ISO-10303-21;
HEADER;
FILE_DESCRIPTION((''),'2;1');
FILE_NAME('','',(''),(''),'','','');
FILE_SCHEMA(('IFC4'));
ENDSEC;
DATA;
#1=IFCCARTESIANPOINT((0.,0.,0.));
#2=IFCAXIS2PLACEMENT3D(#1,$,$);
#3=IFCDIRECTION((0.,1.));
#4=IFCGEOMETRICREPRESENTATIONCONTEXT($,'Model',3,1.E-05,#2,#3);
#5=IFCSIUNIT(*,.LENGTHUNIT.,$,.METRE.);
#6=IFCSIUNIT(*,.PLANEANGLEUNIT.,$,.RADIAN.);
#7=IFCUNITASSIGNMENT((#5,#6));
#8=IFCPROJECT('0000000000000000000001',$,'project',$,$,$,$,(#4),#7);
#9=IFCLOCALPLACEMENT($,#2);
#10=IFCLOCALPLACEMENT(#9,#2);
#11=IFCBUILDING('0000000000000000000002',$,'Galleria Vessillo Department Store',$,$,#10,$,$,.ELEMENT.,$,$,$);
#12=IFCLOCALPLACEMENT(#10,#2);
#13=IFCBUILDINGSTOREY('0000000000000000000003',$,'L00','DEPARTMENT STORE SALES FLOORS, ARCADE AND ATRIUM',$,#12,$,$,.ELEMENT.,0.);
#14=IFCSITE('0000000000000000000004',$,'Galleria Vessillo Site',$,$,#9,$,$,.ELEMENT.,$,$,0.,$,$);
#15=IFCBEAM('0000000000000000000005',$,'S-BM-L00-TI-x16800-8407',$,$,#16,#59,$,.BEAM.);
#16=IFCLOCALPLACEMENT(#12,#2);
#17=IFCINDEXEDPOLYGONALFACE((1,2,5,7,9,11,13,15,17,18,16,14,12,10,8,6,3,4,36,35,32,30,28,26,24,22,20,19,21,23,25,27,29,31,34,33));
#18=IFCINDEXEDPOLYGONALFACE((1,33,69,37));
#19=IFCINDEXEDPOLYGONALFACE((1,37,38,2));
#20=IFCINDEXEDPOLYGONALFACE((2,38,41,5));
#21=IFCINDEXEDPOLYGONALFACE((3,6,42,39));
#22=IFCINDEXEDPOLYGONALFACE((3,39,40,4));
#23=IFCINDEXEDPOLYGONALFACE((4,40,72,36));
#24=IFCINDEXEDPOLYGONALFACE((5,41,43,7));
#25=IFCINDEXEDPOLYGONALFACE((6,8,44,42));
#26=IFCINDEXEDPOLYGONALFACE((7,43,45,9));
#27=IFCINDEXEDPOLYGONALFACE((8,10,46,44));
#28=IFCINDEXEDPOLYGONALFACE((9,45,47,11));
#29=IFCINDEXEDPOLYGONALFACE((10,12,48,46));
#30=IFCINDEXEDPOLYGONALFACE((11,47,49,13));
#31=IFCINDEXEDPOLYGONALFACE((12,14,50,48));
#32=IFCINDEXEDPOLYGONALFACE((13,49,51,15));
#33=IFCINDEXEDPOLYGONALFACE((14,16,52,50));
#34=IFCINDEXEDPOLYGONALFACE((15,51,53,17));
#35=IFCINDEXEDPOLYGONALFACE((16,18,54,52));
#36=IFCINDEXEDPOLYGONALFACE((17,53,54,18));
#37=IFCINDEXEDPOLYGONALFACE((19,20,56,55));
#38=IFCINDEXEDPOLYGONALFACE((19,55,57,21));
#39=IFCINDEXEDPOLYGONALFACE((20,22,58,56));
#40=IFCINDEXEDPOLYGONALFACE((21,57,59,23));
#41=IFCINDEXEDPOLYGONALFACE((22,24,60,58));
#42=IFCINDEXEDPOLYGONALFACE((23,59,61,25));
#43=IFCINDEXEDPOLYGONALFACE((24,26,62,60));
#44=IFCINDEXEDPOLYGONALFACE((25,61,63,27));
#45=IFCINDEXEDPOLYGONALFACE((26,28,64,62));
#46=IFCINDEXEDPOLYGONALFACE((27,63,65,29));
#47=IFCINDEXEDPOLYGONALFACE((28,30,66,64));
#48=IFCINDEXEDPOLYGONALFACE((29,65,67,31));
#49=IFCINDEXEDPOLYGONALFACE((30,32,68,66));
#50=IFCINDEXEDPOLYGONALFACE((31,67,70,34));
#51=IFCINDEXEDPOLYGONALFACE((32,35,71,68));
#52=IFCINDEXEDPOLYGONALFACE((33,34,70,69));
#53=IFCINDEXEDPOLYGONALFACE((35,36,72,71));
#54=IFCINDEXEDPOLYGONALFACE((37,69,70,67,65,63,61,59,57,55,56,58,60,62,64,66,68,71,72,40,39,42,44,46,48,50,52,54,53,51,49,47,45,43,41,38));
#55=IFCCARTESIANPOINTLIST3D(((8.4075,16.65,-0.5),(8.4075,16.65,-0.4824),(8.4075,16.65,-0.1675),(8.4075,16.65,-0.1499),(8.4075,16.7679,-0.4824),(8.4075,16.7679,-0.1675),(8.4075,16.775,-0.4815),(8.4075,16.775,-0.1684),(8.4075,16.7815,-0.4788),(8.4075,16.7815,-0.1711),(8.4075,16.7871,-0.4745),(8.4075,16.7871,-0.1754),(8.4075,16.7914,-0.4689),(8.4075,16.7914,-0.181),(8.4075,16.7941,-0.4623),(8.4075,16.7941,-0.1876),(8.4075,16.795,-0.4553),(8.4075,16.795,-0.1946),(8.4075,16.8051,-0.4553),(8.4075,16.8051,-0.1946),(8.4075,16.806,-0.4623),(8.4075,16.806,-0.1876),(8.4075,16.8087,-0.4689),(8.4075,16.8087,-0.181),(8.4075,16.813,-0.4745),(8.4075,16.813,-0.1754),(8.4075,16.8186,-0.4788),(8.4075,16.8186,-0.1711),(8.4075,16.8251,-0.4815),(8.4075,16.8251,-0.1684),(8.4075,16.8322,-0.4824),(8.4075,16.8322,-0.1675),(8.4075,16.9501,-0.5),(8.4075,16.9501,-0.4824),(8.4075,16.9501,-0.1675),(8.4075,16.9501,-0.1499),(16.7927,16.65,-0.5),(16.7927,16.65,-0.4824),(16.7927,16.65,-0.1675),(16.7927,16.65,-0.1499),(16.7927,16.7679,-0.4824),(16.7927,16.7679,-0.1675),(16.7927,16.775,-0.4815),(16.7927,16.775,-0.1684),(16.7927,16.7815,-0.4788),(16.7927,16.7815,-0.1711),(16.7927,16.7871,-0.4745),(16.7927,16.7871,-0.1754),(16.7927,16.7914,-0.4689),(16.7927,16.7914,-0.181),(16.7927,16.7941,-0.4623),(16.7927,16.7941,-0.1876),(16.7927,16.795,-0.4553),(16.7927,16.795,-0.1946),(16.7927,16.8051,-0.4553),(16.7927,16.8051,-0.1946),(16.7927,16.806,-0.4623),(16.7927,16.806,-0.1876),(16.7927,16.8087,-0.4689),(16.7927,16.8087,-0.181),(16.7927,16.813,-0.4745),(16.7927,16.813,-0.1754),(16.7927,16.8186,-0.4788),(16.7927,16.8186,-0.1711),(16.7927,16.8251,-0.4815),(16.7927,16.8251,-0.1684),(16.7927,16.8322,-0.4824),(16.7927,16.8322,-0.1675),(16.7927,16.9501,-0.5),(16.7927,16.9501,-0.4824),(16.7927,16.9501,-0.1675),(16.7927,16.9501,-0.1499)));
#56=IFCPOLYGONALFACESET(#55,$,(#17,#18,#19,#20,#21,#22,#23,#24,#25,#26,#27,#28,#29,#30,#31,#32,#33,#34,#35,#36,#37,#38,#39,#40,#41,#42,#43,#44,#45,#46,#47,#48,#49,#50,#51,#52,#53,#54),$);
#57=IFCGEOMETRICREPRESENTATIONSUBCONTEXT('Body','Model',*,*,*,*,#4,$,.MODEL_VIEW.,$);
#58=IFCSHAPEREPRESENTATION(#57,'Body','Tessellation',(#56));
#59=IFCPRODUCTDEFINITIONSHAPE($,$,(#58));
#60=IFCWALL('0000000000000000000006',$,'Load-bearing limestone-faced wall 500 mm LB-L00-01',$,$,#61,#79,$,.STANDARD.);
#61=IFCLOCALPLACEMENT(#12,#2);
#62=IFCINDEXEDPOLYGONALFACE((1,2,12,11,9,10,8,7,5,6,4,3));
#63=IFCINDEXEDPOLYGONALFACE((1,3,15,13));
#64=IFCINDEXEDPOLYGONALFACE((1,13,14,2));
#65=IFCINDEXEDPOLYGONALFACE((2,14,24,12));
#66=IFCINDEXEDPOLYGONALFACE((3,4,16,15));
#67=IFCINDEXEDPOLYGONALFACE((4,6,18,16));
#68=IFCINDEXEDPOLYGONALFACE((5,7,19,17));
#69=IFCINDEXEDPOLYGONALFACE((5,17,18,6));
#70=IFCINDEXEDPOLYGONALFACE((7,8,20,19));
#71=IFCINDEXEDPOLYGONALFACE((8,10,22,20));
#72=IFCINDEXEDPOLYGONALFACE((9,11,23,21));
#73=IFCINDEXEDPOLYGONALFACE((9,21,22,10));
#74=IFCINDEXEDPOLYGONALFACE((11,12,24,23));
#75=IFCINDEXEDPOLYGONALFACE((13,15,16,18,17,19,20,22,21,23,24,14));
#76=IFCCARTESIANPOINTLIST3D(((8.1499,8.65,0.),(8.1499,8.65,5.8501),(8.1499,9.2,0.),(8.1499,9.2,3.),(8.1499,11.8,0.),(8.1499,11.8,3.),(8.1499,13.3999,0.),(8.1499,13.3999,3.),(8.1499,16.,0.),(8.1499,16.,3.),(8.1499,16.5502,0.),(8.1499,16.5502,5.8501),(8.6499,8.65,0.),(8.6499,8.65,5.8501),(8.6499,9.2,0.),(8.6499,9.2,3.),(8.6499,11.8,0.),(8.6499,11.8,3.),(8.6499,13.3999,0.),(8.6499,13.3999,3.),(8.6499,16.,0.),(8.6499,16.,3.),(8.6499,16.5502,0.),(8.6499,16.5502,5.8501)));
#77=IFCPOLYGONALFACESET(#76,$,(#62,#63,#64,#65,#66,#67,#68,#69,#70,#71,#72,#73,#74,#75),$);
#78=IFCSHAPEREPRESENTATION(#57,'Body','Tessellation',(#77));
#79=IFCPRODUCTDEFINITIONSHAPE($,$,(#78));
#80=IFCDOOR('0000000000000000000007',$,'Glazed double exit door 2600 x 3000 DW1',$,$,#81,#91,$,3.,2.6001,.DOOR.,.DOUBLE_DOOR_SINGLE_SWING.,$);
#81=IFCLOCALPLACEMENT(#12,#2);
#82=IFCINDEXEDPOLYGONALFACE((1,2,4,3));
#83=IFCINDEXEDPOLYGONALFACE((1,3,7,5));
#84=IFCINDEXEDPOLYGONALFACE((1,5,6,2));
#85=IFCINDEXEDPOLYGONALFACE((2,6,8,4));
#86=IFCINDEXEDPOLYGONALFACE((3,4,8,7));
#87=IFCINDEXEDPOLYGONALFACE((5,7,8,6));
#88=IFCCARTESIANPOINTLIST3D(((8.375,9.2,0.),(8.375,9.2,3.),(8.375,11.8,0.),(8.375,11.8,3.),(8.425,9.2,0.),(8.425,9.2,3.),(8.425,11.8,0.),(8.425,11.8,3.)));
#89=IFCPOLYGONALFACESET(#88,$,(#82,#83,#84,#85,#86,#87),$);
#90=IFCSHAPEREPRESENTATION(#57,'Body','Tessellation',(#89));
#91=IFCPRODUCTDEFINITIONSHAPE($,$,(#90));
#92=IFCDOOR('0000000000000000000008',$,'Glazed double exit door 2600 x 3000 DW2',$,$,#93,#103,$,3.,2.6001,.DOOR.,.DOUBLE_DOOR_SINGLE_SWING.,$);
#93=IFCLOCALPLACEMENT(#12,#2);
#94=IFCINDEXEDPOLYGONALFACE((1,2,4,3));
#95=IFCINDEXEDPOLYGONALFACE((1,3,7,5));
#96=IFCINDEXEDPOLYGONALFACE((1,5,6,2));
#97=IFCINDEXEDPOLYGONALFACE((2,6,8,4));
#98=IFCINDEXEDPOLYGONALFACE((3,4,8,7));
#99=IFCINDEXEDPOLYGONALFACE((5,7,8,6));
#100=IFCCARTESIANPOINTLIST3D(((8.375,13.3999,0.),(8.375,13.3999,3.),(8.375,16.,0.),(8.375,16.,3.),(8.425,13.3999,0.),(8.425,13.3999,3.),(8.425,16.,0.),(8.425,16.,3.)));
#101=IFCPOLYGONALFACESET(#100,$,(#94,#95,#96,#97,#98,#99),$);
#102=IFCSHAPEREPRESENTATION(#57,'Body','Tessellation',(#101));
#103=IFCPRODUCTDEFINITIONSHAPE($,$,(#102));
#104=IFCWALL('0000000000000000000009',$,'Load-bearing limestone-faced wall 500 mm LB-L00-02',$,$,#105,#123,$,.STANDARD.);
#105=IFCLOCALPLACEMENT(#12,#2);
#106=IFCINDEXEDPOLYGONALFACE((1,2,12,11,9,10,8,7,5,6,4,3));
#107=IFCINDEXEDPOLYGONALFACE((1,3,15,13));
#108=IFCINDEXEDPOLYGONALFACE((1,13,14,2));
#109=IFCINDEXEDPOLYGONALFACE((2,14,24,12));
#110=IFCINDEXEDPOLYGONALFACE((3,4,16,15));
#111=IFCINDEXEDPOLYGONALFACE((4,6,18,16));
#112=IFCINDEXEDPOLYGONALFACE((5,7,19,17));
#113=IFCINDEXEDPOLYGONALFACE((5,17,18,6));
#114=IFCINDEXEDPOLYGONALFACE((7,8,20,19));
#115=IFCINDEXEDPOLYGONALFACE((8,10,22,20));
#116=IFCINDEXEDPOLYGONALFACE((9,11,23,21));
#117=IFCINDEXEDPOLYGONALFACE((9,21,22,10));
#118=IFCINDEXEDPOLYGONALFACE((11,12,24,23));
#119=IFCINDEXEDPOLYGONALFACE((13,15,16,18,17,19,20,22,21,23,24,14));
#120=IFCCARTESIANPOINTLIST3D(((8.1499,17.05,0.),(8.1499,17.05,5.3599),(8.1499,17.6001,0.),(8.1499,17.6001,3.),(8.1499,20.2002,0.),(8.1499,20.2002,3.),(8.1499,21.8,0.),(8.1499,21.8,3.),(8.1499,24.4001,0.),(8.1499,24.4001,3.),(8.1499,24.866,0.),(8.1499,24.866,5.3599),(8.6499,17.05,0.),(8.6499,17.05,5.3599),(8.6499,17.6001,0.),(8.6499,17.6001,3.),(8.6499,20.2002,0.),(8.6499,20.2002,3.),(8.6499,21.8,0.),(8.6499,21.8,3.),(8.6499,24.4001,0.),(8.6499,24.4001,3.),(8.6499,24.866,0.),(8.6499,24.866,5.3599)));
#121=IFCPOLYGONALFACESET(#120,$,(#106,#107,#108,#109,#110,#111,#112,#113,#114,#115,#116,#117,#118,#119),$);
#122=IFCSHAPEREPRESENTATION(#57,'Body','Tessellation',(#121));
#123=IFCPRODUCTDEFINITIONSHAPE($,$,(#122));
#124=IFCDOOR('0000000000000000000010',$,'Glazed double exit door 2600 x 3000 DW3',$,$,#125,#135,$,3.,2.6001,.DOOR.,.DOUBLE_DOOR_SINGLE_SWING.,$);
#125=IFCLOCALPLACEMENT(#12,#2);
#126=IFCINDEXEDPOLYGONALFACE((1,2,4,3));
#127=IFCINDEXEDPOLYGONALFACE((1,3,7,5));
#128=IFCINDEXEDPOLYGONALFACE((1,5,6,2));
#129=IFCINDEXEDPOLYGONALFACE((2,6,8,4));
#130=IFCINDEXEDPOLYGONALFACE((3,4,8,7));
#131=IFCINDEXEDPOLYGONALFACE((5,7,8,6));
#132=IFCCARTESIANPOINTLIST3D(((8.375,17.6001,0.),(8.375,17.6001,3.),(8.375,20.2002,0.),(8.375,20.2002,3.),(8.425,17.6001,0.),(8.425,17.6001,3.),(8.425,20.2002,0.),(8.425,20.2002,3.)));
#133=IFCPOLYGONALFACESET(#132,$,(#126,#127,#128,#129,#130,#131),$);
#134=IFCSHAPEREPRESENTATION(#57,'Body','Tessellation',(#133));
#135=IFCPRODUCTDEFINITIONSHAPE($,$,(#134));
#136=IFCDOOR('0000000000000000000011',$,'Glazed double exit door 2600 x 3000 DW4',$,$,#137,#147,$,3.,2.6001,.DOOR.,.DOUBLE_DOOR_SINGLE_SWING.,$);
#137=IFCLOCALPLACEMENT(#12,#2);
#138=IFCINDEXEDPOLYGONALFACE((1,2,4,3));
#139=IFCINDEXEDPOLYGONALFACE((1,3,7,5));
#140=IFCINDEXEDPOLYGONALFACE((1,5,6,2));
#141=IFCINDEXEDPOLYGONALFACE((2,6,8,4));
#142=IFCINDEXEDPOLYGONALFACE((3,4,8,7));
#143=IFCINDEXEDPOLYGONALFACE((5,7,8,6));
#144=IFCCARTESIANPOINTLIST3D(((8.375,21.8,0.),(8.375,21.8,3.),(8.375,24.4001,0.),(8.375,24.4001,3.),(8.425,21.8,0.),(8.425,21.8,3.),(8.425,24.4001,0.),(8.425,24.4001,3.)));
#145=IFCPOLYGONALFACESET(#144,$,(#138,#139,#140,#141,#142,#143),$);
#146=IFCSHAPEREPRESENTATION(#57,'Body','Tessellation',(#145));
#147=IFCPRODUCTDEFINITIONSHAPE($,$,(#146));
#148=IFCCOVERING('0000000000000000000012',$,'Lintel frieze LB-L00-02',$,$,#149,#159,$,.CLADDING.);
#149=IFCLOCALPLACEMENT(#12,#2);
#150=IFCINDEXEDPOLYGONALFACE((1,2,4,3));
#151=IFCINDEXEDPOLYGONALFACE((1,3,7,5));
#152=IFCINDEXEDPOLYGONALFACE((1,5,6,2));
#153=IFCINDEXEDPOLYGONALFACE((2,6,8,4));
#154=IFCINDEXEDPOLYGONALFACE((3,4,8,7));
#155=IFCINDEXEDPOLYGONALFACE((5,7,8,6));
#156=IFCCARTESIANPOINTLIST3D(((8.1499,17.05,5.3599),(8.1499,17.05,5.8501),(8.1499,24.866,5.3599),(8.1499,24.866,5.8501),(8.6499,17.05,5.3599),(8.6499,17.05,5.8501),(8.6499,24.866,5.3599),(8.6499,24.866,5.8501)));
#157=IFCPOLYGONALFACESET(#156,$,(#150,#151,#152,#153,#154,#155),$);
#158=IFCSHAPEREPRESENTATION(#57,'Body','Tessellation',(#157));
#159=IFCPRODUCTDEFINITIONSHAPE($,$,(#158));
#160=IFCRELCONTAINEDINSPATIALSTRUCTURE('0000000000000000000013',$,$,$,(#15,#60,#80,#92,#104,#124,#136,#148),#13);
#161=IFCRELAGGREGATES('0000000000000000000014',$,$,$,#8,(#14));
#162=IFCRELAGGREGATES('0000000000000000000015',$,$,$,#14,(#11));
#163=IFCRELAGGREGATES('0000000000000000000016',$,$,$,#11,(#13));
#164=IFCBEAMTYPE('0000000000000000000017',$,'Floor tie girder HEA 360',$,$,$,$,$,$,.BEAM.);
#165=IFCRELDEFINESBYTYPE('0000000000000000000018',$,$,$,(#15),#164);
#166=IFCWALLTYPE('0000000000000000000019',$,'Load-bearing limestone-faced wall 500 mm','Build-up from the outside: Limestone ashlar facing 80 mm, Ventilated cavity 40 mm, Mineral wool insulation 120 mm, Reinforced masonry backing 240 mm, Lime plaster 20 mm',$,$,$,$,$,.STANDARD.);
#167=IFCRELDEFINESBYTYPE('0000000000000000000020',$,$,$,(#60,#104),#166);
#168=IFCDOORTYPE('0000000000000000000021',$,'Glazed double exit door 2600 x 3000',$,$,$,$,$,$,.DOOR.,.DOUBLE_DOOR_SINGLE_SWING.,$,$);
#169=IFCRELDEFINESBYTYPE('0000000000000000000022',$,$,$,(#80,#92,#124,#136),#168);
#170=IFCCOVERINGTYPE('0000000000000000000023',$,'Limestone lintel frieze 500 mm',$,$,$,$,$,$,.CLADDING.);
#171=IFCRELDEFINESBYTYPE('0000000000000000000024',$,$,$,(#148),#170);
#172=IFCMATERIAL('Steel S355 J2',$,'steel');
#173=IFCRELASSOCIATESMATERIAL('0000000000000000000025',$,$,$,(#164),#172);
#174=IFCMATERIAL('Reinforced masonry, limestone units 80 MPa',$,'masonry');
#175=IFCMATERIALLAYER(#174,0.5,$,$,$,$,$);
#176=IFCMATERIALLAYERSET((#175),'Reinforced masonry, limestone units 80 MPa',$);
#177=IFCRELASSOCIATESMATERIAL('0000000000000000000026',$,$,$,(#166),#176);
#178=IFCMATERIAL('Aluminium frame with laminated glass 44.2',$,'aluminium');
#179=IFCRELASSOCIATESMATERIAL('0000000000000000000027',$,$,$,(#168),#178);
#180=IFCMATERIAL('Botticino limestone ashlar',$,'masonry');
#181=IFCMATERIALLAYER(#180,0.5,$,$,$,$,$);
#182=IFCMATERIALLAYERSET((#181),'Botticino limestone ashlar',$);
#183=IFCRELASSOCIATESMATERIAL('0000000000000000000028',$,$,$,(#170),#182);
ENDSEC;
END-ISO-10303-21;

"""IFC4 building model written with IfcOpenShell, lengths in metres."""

from ifc_helpers import new_model, si_unit, direction, frame, frame_2d, origin, origin_2d, place, context, subcontext, project, spatial, rectangle, i_section, extrude, material, layer, layer_set, material_profile, profile_set, type_object, element, fill, save


model = new_model("IFC4")

# Units and contexts
model_context = context("Model", 3, precision=1e-05, world=origin(), true_north=direction((0.0, 1.0)))
body_context = subcontext(model_context, "Body", "Model", "MODEL_VIEW")
ifc_project = project(units=[si_unit("LENGTHUNIT", "METRE"), si_unit("PLANEANGLEUNIT", "RADIAN")], contexts=[model_context])

# Site, building, storey
site_placement = place(None, origin())
site = spatial("IfcSite", under=ifc_project, at=site_placement, Name="Galleria Vessillo Site", CompositionType="ELEMENT", RefElevation=0.0)
building_placement = place(site_placement, origin())
building = spatial("IfcBuilding", under=site, at=building_placement, Name="Galleria Vessillo Department Store", CompositionType="ELEMENT")
storey_placement = place(building_placement, origin())
storey = spatial("IfcBuildingStorey", under=building, at=storey_placement, Name="L00", Description="DEPARTMENT STORE SALES FLOORS, ARCADE AND ATRIUM", CompositionType="ELEMENT", Elevation=0.0)

# Beam
ifc_material_1 = material(Name="Steel S355 J2", Category="steel")
ifc_material_profile_1 = material_profile(ifc_material_1, i_section(OverallWidth=0.3, OverallDepth=0.3501, WebThickness=0.01, FlangeThickness=0.0176, FilletRadius=0.0271, at=origin_2d()), Name="HEA 360")
ifc_profile_set_1 = profile_set([ifc_material_profile_1], Name="Steel S355 J2")
beam_type_1 = type_object("IfcBeamType", Name="Floor tie girder HEA 360", PredefinedType="BEAM", material=ifc_profile_set_1)
beam_1_placement = place(storey_placement, frame((8.4075, 16.8, -0.325), z_axis=(1.0, 0.0, 0.0), x_axis=(0.0, 1.0, 0.0)))
element("IfcBeam", 1, at=beam_1_placement, inside=storey, type_object=beam_type_1, Name="S-BM-L00-TI-x16800-8407", PredefinedType="BEAM", context=body_context, shape_type="SweptSolid", body=[
    extrude(i_section(OverallWidth=0.3, OverallDepth=0.3501, WebThickness=0.01, FlangeThickness=0.0176, FilletRadius=0.0271, at=origin_2d()), origin(), (0.0, 0.0, 1.0), 8.3853),
])

# Walls, openings, doors
ifc_material_2 = material(Name="Reinforced masonry, limestone units 80 MPa", Category="masonry")
ifc_layer_1 = layer(ifc_material_2, 0.5)
ifc_layer_set_1 = layer_set([ifc_layer_1], Name="Reinforced masonry, limestone units 80 MPa")
wall_type = type_object("IfcWallType", Name="Load-bearing limestone-faced wall 500 mm", Description="Build-up from the outside: Limestone ashlar facing 80 mm, Ventilated cavity 40 mm, Mineral wool insulation 120 mm, Reinforced masonry backing 240 mm, Lime plaster 20 mm", PredefinedType="STANDARD", material=ifc_layer_set_1)
wall_1_placement = place(storey_placement, frame((8.3999, 8.6499, 0.0), z_axis=(0.0, 0.0, 1.0), x_axis=(0.0, 1.0, 0.0)))
wall_1 = element("IfcWall", 2, at=wall_1_placement, inside=storey, type_object=wall_type, Name="Load-bearing limestone-faced wall 500 mm LB-L00-01", PredefinedType="STANDARD", context=body_context, shape_type="SweptSolid", body=[
    extrude(rectangle(XDim=7.9001, YDim=0.5, at=frame_2d((3.9502, 0.0))), origin(), (0.0, 0.0, 1.0), 5.8501),
])
opening_1_placement = place(wall_1_placement, frame((0.55, 0.0, 0.0)))
opening_1 = element("IfcOpeningElement", 3, at=opening_1_placement, cuts=wall_1, PredefinedType="OPENING", context=body_context, shape_type="SweptSolid", body=[
    extrude(rectangle(XDim=2.6001, YDim=3.0, at=frame_2d((1.3, 1.5))), frame((0.0, 0.26, 0.0), z_axis=(0.0, -1.0, 0.0), x_axis=(1.0, 0.0, 0.0)), (0.0, 0.0, 1.0), 0.52),
])
opening_2_placement = place(wall_1_placement, frame((4.75, 0.0, 0.0)))
opening_2 = element("IfcOpeningElement", 4, at=opening_2_placement, cuts=wall_1, PredefinedType="OPENING", context=body_context, shape_type="SweptSolid", body=[
    extrude(rectangle(XDim=2.6001, YDim=3.0, at=frame_2d((1.3, 1.5))), frame((0.0, 0.26, 0.0), z_axis=(0.0, -1.0, 0.0), x_axis=(1.0, 0.0, 0.0)), (0.0, 0.0, 1.0), 0.52),
])
ifc_material_3 = material(Name="Aluminium frame with laminated glass 44.2", Category="aluminium")
door_type = type_object("IfcDoorType", Name="Glazed double exit door 2600 x 3000", OperationType="DOUBLE_DOOR_SINGLE_SWING", PredefinedType="DOOR", material=ifc_material_3)
door_1_placement = place(opening_1_placement, origin())
door_1 = element("IfcDoor", 5, at=door_1_placement, inside=storey, type_object=door_type, Name="Glazed double exit door 2600 x 3000 DW1", OperationType="DOUBLE_DOOR_SINGLE_SWING", OverallHeight=3.0, OverallWidth=2.6001, PredefinedType="DOOR", context=body_context, shape_type="SweptSolid", body=[
    extrude(rectangle(XDim=2.6001, YDim=3.0, at=frame_2d((1.3, 1.5))), frame((0.0, 0.0249, 0.0), z_axis=(0.0, -1.0, 0.0), x_axis=(1.0, 0.0, 0.0)), (0.0, 0.0, 1.0), 0.05),
])
fill(opening_1, door_1)
door_2_placement = place(opening_2_placement, origin())
door_2 = element("IfcDoor", 6, at=door_2_placement, inside=storey, type_object=door_type, Name="Glazed double exit door 2600 x 3000 DW2", OperationType="DOUBLE_DOOR_SINGLE_SWING", OverallHeight=3.0, OverallWidth=2.6001, PredefinedType="DOOR", context=body_context, shape_type="SweptSolid", body=[
    extrude(rectangle(XDim=2.6001, YDim=3.0, at=frame_2d((1.3, 1.5))), frame((0.0, 0.0249, 0.0), z_axis=(0.0, -1.0, 0.0), x_axis=(1.0, 0.0, 0.0)), (0.0, 0.0, 1.0), 0.05),
])
fill(opening_2, door_2)
wall_2_placement = place(storey_placement, frame((8.3999, 17.05, 0.0), z_axis=(0.0, 0.0, 1.0), x_axis=(0.0, 1.0, 0.0)))
wall_2 = element("IfcWall", 7, at=wall_2_placement, inside=storey, type_object=wall_type, Name="Load-bearing limestone-faced wall 500 mm LB-L00-02", PredefinedType="STANDARD", context=body_context, shape_type="SweptSolid", body=[
    extrude(rectangle(XDim=7.8159, YDim=0.5, at=frame_2d((3.908, 0.0))), origin(), (0.0, 0.0, 1.0), 5.3599),
])
opening_3_placement = place(wall_2_placement, frame((0.55, 0.0, 0.0)))
opening_3 = element("IfcOpeningElement", 8, at=opening_3_placement, cuts=wall_2, PredefinedType="OPENING", context=body_context, shape_type="SweptSolid", body=[
    extrude(rectangle(XDim=2.6001, YDim=3.0, at=frame_2d((1.3, 1.5))), frame((0.0, 0.26, 0.0), z_axis=(0.0, -1.0, 0.0), x_axis=(1.0, 0.0, 0.0)), (0.0, 0.0, 1.0), 0.52),
])
opening_4_placement = place(wall_2_placement, frame((4.75, 0.0, 0.0)))
opening_4 = element("IfcOpeningElement", 9, at=opening_4_placement, cuts=wall_2, PredefinedType="OPENING", context=body_context, shape_type="SweptSolid", body=[
    extrude(rectangle(XDim=2.6001, YDim=3.0, at=frame_2d((1.3, 1.5))), frame((0.0, 0.26, 0.0), z_axis=(0.0, -1.0, 0.0), x_axis=(1.0, 0.0, 0.0)), (0.0, 0.0, 1.0), 0.52),
])
door_3_placement = place(opening_3_placement, origin())
door_3 = element("IfcDoor", 10, at=door_3_placement, inside=storey, type_object=door_type, Name="Glazed double exit door 2600 x 3000 DW3", OperationType="DOUBLE_DOOR_SINGLE_SWING", OverallHeight=3.0, OverallWidth=2.6001, PredefinedType="DOOR", context=body_context, shape_type="SweptSolid", body=[
    extrude(rectangle(XDim=2.6001, YDim=3.0, at=frame_2d((1.3, 1.5))), frame((0.0, 0.0249, 0.0), z_axis=(0.0, -1.0, 0.0), x_axis=(1.0, 0.0, 0.0)), (0.0, 0.0, 1.0), 0.05),
])
fill(opening_3, door_3)
door_4_placement = place(opening_4_placement, origin())
door_4 = element("IfcDoor", 11, at=door_4_placement, inside=storey, type_object=door_type, Name="Glazed double exit door 2600 x 3000 DW4", OperationType="DOUBLE_DOOR_SINGLE_SWING", OverallHeight=3.0, OverallWidth=2.6001, PredefinedType="DOOR", context=body_context, shape_type="SweptSolid", body=[
    extrude(rectangle(XDim=2.6001, YDim=3.0, at=frame_2d((1.3, 1.5))), frame((0.0, 0.0249, 0.0), z_axis=(0.0, -1.0, 0.0), x_axis=(1.0, 0.0, 0.0)), (0.0, 0.0, 1.0), 0.05),
])
fill(opening_4, door_4)

# Covering
ifc_material_4 = material(Name="Botticino limestone ashlar", Category="masonry")
ifc_layer_2 = layer(ifc_material_4, 0.5)
ifc_layer_set_2 = layer_set([ifc_layer_2], Name="Botticino limestone ashlar")
covering_type = type_object("IfcCoveringType", Name="Limestone lintel frieze 500 mm", PredefinedType="CLADDING", material=ifc_layer_set_2)
covering_placement = place(storey_placement, frame((8.3999, 20.958, 5.3599), z_axis=(0.0, 0.0, 1.0), x_axis=(1.0, 0.0, 0.0)))
element("IfcCovering", 12, at=covering_placement, inside=storey, type_object=covering_type, Name="Lintel frieze LB-L00-02", PredefinedType="CLADDING", context=body_context, shape_type="SweptSolid", body=[
    extrude(rectangle(XDim=0.5, YDim=7.8159, at=origin_2d()), origin(), (0.0, 0.0, 1.0), 0.4902),
])

save(model, "model.ifc")
